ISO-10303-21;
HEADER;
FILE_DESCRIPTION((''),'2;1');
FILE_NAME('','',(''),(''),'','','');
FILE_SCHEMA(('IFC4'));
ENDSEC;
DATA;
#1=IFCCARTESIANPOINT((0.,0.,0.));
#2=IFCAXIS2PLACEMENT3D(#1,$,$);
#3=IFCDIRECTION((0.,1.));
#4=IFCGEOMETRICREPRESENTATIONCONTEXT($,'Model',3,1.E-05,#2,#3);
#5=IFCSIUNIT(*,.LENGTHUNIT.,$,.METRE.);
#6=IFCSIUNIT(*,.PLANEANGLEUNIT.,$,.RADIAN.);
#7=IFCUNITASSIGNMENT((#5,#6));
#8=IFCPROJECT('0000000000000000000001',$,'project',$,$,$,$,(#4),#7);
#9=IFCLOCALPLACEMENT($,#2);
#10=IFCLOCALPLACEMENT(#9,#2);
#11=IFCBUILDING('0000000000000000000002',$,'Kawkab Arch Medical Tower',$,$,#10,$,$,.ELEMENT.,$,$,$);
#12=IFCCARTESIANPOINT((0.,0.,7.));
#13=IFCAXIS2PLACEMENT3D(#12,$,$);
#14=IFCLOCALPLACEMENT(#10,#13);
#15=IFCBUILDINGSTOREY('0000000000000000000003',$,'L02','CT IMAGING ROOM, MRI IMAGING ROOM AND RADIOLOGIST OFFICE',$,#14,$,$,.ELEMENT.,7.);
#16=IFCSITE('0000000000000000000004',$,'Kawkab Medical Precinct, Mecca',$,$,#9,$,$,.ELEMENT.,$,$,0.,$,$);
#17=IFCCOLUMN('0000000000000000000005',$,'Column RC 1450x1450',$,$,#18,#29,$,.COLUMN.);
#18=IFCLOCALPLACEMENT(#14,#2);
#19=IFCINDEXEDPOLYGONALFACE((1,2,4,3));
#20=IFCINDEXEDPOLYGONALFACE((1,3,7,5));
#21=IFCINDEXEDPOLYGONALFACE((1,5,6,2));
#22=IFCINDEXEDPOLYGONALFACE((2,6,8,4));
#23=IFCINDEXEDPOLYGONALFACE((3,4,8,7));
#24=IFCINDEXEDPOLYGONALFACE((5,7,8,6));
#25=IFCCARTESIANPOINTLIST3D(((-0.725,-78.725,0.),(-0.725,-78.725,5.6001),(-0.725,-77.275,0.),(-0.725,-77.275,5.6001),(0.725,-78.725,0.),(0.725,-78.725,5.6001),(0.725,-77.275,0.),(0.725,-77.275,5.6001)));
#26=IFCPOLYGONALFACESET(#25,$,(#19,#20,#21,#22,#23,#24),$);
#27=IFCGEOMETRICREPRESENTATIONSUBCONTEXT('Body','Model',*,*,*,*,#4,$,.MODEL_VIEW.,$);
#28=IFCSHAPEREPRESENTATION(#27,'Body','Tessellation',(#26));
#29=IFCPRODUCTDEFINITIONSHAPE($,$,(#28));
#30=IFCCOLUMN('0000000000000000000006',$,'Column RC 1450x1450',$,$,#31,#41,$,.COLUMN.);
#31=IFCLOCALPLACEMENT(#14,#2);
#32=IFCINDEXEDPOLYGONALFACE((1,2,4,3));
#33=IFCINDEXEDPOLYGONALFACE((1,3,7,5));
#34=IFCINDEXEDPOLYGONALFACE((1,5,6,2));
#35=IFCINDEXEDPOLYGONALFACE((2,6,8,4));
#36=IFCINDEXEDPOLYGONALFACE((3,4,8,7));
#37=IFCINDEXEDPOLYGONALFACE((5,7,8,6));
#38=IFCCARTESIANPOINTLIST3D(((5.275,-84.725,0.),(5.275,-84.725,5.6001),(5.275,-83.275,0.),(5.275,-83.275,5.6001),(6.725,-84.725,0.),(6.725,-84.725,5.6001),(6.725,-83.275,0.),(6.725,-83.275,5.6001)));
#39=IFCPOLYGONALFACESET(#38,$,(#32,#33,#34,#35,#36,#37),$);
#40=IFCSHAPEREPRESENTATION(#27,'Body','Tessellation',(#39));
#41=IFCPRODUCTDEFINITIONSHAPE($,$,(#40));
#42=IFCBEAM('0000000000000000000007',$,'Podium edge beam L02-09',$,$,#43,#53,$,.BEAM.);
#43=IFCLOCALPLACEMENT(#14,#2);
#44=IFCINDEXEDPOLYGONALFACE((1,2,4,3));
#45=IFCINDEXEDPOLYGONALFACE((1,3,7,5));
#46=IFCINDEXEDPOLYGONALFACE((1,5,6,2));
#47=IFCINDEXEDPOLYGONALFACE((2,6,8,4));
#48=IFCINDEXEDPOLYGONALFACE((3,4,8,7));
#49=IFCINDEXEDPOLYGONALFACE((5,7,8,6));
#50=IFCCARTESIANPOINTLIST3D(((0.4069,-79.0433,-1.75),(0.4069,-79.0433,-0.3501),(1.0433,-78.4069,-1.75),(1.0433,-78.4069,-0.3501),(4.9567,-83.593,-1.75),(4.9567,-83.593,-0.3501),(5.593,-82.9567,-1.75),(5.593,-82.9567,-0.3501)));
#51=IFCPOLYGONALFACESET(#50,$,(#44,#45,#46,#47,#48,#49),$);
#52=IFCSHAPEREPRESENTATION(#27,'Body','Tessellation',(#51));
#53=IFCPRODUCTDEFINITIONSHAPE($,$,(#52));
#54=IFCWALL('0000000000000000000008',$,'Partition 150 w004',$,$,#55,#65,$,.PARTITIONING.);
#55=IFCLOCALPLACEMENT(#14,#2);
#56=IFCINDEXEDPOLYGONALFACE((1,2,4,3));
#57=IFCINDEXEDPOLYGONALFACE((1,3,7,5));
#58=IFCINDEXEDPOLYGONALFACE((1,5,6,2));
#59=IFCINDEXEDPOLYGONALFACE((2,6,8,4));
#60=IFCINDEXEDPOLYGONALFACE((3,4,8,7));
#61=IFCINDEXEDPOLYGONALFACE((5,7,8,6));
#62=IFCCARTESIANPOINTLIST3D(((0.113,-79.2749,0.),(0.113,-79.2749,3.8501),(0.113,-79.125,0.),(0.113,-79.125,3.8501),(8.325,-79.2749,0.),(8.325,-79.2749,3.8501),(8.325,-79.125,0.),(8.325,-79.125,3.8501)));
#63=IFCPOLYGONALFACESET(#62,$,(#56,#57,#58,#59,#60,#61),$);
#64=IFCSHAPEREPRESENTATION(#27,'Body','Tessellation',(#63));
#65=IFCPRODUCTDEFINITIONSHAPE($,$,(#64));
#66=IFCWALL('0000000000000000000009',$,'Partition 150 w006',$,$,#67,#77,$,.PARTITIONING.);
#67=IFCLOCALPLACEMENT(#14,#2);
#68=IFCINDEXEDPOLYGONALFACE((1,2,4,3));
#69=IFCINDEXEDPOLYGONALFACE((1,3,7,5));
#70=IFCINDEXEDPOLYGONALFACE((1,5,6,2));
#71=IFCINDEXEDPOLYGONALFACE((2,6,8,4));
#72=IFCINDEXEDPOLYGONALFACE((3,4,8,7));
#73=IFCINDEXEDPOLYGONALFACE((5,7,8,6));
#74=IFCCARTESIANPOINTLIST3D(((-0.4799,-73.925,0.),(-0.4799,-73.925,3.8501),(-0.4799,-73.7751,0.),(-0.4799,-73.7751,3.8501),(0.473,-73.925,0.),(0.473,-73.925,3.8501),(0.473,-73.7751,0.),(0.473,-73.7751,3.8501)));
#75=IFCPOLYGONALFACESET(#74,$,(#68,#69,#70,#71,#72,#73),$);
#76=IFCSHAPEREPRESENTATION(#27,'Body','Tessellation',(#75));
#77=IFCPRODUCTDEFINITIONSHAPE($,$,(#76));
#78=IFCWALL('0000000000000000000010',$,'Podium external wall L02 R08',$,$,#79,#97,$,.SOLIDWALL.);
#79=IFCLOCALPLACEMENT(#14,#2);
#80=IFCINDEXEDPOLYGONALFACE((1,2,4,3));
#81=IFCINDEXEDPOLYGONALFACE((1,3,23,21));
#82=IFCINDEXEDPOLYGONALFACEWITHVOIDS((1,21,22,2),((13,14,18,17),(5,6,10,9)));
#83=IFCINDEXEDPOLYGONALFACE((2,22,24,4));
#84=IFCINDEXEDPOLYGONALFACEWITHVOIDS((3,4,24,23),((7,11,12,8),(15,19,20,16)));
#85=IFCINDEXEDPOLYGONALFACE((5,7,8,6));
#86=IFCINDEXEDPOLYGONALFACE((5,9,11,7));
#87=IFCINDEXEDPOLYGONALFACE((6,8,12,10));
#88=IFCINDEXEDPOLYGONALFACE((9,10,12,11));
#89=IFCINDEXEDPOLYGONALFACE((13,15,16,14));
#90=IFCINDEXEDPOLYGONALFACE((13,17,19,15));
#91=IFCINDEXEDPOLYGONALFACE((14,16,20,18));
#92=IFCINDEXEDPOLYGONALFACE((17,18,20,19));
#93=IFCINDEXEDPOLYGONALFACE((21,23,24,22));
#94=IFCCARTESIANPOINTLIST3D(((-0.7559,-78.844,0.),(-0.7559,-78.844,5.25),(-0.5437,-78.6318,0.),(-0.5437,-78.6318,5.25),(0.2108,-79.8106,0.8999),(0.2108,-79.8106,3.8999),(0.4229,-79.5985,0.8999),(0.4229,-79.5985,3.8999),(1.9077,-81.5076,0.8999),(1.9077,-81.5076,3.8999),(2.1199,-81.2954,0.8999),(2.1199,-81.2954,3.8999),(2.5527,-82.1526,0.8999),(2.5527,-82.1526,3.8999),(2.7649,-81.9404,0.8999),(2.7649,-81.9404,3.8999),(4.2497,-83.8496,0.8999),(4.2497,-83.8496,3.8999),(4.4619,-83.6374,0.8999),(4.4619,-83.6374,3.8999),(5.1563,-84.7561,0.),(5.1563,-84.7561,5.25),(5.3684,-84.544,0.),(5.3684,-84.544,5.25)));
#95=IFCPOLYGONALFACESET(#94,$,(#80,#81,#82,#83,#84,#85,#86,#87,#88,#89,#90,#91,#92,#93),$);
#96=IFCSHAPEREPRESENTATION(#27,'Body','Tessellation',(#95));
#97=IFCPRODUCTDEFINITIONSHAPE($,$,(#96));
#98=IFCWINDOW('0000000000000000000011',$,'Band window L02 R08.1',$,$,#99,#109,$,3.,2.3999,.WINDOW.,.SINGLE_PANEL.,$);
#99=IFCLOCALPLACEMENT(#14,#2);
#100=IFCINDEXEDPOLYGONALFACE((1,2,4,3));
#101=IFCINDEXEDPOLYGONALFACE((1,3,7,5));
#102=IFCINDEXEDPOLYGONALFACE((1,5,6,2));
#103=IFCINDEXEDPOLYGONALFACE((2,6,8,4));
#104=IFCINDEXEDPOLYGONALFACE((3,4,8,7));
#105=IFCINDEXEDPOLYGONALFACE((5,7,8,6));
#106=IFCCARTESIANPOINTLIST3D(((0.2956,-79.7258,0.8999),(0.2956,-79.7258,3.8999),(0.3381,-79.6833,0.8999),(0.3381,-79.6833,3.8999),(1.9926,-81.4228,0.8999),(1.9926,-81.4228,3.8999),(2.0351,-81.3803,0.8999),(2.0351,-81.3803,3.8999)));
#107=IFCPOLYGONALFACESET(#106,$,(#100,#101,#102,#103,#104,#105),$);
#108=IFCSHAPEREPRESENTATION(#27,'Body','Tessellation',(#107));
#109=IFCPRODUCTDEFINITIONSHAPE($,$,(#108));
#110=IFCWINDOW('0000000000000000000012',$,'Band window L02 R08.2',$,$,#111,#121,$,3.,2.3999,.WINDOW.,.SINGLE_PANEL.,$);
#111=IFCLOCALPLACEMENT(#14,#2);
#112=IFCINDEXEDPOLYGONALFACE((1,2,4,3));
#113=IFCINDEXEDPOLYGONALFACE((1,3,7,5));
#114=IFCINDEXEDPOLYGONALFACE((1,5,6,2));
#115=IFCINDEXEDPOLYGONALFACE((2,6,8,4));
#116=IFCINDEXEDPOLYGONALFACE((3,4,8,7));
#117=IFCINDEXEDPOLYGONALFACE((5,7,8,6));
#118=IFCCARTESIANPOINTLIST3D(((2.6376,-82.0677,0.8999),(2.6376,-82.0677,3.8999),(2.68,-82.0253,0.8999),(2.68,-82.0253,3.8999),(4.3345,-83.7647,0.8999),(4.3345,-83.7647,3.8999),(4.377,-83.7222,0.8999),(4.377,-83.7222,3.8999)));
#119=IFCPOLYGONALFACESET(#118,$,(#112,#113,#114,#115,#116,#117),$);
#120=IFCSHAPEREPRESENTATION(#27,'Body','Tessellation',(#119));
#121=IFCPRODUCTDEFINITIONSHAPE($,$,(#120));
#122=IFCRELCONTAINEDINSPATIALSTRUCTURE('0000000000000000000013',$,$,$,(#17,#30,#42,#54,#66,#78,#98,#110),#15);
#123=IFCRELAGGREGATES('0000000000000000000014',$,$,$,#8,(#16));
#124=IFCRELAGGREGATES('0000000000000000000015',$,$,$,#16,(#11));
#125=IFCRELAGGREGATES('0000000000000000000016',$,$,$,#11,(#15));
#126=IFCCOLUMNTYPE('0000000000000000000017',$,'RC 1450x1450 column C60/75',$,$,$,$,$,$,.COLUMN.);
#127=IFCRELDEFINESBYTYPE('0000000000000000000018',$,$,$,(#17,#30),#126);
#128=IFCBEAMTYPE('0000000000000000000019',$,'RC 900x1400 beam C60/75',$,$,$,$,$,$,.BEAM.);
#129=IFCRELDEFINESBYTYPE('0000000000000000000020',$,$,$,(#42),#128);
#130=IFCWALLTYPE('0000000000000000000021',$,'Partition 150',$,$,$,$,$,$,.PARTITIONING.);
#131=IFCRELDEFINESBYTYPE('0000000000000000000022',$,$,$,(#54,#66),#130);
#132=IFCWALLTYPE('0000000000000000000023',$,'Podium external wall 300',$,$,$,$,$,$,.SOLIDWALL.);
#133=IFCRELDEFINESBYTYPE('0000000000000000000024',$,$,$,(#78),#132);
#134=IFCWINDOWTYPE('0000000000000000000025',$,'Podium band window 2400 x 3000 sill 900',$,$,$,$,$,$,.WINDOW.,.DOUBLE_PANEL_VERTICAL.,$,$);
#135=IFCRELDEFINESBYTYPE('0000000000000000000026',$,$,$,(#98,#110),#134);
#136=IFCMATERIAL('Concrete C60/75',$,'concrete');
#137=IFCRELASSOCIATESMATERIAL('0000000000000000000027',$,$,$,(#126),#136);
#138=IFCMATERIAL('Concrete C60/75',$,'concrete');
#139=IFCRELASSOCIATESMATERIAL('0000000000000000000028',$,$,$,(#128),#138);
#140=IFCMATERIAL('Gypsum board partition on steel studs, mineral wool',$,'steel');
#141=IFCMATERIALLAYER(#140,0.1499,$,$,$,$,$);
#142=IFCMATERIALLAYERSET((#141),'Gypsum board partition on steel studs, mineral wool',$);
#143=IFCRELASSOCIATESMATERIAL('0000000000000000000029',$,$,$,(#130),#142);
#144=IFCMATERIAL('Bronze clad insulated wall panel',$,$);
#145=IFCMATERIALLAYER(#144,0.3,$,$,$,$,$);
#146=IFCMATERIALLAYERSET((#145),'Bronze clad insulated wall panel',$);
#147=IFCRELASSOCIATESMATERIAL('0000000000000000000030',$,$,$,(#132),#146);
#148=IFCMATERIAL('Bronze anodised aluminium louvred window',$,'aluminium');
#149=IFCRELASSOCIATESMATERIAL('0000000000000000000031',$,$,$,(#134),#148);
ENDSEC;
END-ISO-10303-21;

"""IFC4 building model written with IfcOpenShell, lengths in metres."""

from ifc_helpers import new_model, si_unit, direction, frame, frame_2d, origin, origin_2d, place, context, subcontext, project, spatial, rectangle, extrude, material, layer, layer_set, material_profile, profile_set, type_object, element, fill, save


model = new_model("IFC4")

# Units and contexts
model_context = context("Model", 3, precision=1e-05, world=origin(), true_north=direction((0.0, 1.0)))
body_context = subcontext(model_context, "Body", "Model", "MODEL_VIEW")
ifc_project = project(units=[si_unit("LENGTHUNIT", "METRE"), si_unit("PLANEANGLEUNIT", "RADIAN")], contexts=[model_context])

# Site, building, storey
site_placement = place(None, origin())
site = spatial("IfcSite", under=ifc_project, at=site_placement, Name="Kawkab Medical Precinct, Mecca", CompositionType="ELEMENT", RefElevation=0.0)
building_placement = place(site_placement, origin())
building = spatial("IfcBuilding", under=site, at=building_placement, Name="Kawkab Arch Medical Tower", CompositionType="ELEMENT")
storey_placement = place(building_placement, frame((0.0, 0.0, 7.0)))
storey = spatial("IfcBuildingStorey", under=building, at=storey_placement, Name="L02", Description="CT IMAGING ROOM, MRI IMAGING ROOM AND RADIOLOGIST OFFICE", CompositionType="ELEMENT", Elevation=7.0)

# Columns
ifc_material_1 = material(Name="Concrete C60/75", Category="concrete")
ifc_material_profile_1 = material_profile(ifc_material_1, rectangle(XDim=1.45, YDim=1.45, at=origin_2d()), Name="RC 1450x1450")
ifc_profile_set_1 = profile_set([ifc_material_profile_1], Name="Concrete C60/75")
column_type = type_object("IfcColumnType", Name="RC 1450x1450 column C60/75", PredefinedType="COLUMN", material=ifc_profile_set_1)
for number, where, z_axis, x_axis, name in (
    (1, (0.0, -78.0, 0.0), (0.0, 0.0, 1.0), (1.0, 0.0, 0.0), "Column RC 1450x1450"),
    (2, (6.0, -84.0, 0.0), (0.0, 0.0, 1.0), (1.0, 0.0, 0.0), "Column RC 1450x1450"),
):
    element("IfcColumn", number, at=place(storey_placement, frame(where, z_axis=z_axis, x_axis=x_axis)), inside=storey, type_object=column_type, Name=name, PredefinedType="COLUMN", context=body_context, shape_type="SweptSolid", body=[
        extrude(rectangle(XDim=1.45, YDim=1.45, at=origin_2d()), origin(), (0.0, 0.0, 1.0), 5.6001),
    ])

# Beam
ifc_material_2 = material(Name="Concrete C60/75", Category="concrete")
ifc_material_profile_2 = material_profile(ifc_material_2, rectangle(XDim=0.8999, YDim=1.3999, at=origin_2d()), Name="RC 900x1400")
ifc_profile_set_2 = profile_set([ifc_material_profile_2], Name="Concrete C60/75")
beam_type = type_object("IfcBeamType", Name="RC 900x1400 beam C60/75", PredefinedType="BEAM", material=ifc_profile_set_2)
beam_placement = place(storey_placement, frame((0.7251, -78.7251, -1.05), z_axis=(0.707107, -0.707107, 0.0), x_axis=(0.707107, 0.707107, 0.0)))
element("IfcBeam", 3, at=beam_placement, inside=storey, type_object=beam_type, Name="Podium edge beam L02-09", PredefinedType="BEAM", context=body_context, shape_type="SweptSolid", body=[
    extrude(rectangle(XDim=0.8999, YDim=1.3999, at=origin_2d()), origin(), (0.0, 0.0, 1.0), 6.4343),
])

# Walls
ifc_material_3 = material(Name="Gypsum board partition on steel studs, mineral wool", Category="steel")
ifc_layer_1 = layer(ifc_material_3, 0.1499)
ifc_layer_set_1 = layer_set([ifc_layer_1], Name="Gypsum board partition on steel studs, mineral wool")
wall_type_1 = type_object("IfcWallType", Name="Partition 150", PredefinedType="PARTITIONING", material=ifc_layer_set_1)
wall_1_placement = place(storey_placement, frame((0.113, -79.2, 0.0), z_axis=(0.0, 0.0, 1.0), x_axis=(1.0, 0.0, 0.0)))
element("IfcWall", 4, at=wall_1_placement, inside=storey, type_object=wall_type_1, Name="Partition 150 w004", PredefinedType="PARTITIONING", context=body_context, shape_type="SweptSolid", body=[
    extrude(rectangle(XDim=8.2119, YDim=0.1499, at=frame_2d((4.106, 0.0))), origin(), (0.0, 0.0, 1.0), 3.8501),
])
wall_2_placement = place(storey_placement, frame((-0.48, -73.8501, 0.0), z_axis=(0.0, 0.0, 1.0), x_axis=(1.0, 0.0, 0.0)))
element("IfcWall", 5, at=wall_2_placement, inside=storey, type_object=wall_type_1, Name="Partition 150 w006", PredefinedType="PARTITIONING", context=body_context, shape_type="SweptSolid", body=[
    extrude(rectangle(XDim=0.9529, YDim=0.1499, at=frame_2d((0.4766, 0.0))), origin(), (0.0, 0.0, 1.0), 3.8501),
])

# Wall, openings, windows
ifc_material_4 = material(Name="Bronze clad insulated wall panel")
ifc_layer_2 = layer(ifc_material_4, 0.3)
ifc_layer_set_2 = layer_set([ifc_layer_2], Name="Bronze clad insulated wall panel")
wall_type_2 = type_object("IfcWallType", Name="Podium external wall 300", PredefinedType="SOLIDWALL", material=ifc_layer_set_2)
wall_3_placement = place(storey_placement, frame((-0.6499, -78.7378, 0.0), z_axis=(0.0, 0.0, 1.0), x_axis=(0.707107, -0.707107, 0.0)))
wall_3 = element("IfcWall", 6, at=wall_3_placement, inside=storey, type_object=wall_type_2, Name="Podium external wall L02 R08", PredefinedType="SOLIDWALL", context=body_context, shape_type="SweptSolid", body=[
    extrude(rectangle(XDim=8.3611, YDim=0.3, at=frame_2d((4.1807, 0.0))), origin(), (0.0, 0.0, 1.0), 5.25),
])
opening_1_placement = place(wall_3_placement, frame((1.3672, 0.0, 0.8999)))
opening_1 = element("IfcOpeningElement", 7, at=opening_1_placement, cuts=wall_3, PredefinedType="OPENING", context=body_context, shape_type="SweptSolid", body=[
    extrude(rectangle(XDim=2.3999, YDim=3.0, at=frame_2d((1.2, 1.5))), frame((0.0, 0.1599, 0.0), z_axis=(0.0, -1.0, 0.0), x_axis=(1.0, 0.0, 0.0)), (0.0, 0.0, 1.0), 0.3201),
])
opening_2_placement = place(wall_3_placement, frame((4.6792, 0.0, 0.8999)))
opening_2 = element("IfcOpeningElement", 8, at=opening_2_placement, cuts=wall_3, PredefinedType="OPENING", context=body_context, shape_type="SweptSolid", body=[
    extrude(rectangle(XDim=2.3999, YDim=3.0, at=frame_2d((1.2, 1.5))), frame((0.0, 0.1599, 0.0), z_axis=(0.0, -1.0, 0.0), x_axis=(1.0, 0.0, 0.0)), (0.0, 0.0, 1.0), 0.3201),
])
ifc_material_5 = material(Name="Bronze anodised aluminium louvred window", Category="aluminium")
window_type_1 = type_object("IfcWindowType", Name="Podium band window 2400 x 3000 sill 900", PartitioningType="DOUBLE_PANEL_VERTICAL", PredefinedType="WINDOW", material=ifc_material_5)
window_1_placement = place(opening_1_placement, origin())
window_1 = element("IfcWindow", 9, at=window_1_placement, inside=storey, type_object=window_type_1, Name="Band window L02 R08.1", OverallHeight=3.0, OverallWidth=2.3999, PartitioningType="SINGLE_PANEL", PredefinedType="WINDOW", context=body_context, shape_type="SweptSolid", body=[
    extrude(rectangle(XDim=2.3999, YDim=3.0, at=frame_2d((1.2, 1.5))), frame((0.0, 0.03, 0.0), z_axis=(0.0, -1.0, 0.0), x_axis=(1.0, 0.0, 0.0)), (0.0, 0.0, 1.0), 0.0601),
])
fill(opening_1, window_1)
window_2_placement = place(opening_2_placement, origin())
window_2 = element("IfcWindow", 10, at=window_2_placement, inside=storey, type_object=window_type_1, Name="Band window L02 R08.2", OverallHeight=3.0, OverallWidth=2.3999, PartitioningType="SINGLE_PANEL", PredefinedType="WINDOW", context=body_context, shape_type="SweptSolid", body=[
    extrude(rectangle(XDim=2.3999, YDim=3.0, at=frame_2d((1.2, 1.5))), frame((0.0, 0.03, 0.0), z_axis=(0.0, -1.0, 0.0), x_axis=(1.0, 0.0, 0.0)), (0.0, 0.0, 1.0), 0.0601),
])
fill(opening_2, window_2)

save(model, "model.ifc")
